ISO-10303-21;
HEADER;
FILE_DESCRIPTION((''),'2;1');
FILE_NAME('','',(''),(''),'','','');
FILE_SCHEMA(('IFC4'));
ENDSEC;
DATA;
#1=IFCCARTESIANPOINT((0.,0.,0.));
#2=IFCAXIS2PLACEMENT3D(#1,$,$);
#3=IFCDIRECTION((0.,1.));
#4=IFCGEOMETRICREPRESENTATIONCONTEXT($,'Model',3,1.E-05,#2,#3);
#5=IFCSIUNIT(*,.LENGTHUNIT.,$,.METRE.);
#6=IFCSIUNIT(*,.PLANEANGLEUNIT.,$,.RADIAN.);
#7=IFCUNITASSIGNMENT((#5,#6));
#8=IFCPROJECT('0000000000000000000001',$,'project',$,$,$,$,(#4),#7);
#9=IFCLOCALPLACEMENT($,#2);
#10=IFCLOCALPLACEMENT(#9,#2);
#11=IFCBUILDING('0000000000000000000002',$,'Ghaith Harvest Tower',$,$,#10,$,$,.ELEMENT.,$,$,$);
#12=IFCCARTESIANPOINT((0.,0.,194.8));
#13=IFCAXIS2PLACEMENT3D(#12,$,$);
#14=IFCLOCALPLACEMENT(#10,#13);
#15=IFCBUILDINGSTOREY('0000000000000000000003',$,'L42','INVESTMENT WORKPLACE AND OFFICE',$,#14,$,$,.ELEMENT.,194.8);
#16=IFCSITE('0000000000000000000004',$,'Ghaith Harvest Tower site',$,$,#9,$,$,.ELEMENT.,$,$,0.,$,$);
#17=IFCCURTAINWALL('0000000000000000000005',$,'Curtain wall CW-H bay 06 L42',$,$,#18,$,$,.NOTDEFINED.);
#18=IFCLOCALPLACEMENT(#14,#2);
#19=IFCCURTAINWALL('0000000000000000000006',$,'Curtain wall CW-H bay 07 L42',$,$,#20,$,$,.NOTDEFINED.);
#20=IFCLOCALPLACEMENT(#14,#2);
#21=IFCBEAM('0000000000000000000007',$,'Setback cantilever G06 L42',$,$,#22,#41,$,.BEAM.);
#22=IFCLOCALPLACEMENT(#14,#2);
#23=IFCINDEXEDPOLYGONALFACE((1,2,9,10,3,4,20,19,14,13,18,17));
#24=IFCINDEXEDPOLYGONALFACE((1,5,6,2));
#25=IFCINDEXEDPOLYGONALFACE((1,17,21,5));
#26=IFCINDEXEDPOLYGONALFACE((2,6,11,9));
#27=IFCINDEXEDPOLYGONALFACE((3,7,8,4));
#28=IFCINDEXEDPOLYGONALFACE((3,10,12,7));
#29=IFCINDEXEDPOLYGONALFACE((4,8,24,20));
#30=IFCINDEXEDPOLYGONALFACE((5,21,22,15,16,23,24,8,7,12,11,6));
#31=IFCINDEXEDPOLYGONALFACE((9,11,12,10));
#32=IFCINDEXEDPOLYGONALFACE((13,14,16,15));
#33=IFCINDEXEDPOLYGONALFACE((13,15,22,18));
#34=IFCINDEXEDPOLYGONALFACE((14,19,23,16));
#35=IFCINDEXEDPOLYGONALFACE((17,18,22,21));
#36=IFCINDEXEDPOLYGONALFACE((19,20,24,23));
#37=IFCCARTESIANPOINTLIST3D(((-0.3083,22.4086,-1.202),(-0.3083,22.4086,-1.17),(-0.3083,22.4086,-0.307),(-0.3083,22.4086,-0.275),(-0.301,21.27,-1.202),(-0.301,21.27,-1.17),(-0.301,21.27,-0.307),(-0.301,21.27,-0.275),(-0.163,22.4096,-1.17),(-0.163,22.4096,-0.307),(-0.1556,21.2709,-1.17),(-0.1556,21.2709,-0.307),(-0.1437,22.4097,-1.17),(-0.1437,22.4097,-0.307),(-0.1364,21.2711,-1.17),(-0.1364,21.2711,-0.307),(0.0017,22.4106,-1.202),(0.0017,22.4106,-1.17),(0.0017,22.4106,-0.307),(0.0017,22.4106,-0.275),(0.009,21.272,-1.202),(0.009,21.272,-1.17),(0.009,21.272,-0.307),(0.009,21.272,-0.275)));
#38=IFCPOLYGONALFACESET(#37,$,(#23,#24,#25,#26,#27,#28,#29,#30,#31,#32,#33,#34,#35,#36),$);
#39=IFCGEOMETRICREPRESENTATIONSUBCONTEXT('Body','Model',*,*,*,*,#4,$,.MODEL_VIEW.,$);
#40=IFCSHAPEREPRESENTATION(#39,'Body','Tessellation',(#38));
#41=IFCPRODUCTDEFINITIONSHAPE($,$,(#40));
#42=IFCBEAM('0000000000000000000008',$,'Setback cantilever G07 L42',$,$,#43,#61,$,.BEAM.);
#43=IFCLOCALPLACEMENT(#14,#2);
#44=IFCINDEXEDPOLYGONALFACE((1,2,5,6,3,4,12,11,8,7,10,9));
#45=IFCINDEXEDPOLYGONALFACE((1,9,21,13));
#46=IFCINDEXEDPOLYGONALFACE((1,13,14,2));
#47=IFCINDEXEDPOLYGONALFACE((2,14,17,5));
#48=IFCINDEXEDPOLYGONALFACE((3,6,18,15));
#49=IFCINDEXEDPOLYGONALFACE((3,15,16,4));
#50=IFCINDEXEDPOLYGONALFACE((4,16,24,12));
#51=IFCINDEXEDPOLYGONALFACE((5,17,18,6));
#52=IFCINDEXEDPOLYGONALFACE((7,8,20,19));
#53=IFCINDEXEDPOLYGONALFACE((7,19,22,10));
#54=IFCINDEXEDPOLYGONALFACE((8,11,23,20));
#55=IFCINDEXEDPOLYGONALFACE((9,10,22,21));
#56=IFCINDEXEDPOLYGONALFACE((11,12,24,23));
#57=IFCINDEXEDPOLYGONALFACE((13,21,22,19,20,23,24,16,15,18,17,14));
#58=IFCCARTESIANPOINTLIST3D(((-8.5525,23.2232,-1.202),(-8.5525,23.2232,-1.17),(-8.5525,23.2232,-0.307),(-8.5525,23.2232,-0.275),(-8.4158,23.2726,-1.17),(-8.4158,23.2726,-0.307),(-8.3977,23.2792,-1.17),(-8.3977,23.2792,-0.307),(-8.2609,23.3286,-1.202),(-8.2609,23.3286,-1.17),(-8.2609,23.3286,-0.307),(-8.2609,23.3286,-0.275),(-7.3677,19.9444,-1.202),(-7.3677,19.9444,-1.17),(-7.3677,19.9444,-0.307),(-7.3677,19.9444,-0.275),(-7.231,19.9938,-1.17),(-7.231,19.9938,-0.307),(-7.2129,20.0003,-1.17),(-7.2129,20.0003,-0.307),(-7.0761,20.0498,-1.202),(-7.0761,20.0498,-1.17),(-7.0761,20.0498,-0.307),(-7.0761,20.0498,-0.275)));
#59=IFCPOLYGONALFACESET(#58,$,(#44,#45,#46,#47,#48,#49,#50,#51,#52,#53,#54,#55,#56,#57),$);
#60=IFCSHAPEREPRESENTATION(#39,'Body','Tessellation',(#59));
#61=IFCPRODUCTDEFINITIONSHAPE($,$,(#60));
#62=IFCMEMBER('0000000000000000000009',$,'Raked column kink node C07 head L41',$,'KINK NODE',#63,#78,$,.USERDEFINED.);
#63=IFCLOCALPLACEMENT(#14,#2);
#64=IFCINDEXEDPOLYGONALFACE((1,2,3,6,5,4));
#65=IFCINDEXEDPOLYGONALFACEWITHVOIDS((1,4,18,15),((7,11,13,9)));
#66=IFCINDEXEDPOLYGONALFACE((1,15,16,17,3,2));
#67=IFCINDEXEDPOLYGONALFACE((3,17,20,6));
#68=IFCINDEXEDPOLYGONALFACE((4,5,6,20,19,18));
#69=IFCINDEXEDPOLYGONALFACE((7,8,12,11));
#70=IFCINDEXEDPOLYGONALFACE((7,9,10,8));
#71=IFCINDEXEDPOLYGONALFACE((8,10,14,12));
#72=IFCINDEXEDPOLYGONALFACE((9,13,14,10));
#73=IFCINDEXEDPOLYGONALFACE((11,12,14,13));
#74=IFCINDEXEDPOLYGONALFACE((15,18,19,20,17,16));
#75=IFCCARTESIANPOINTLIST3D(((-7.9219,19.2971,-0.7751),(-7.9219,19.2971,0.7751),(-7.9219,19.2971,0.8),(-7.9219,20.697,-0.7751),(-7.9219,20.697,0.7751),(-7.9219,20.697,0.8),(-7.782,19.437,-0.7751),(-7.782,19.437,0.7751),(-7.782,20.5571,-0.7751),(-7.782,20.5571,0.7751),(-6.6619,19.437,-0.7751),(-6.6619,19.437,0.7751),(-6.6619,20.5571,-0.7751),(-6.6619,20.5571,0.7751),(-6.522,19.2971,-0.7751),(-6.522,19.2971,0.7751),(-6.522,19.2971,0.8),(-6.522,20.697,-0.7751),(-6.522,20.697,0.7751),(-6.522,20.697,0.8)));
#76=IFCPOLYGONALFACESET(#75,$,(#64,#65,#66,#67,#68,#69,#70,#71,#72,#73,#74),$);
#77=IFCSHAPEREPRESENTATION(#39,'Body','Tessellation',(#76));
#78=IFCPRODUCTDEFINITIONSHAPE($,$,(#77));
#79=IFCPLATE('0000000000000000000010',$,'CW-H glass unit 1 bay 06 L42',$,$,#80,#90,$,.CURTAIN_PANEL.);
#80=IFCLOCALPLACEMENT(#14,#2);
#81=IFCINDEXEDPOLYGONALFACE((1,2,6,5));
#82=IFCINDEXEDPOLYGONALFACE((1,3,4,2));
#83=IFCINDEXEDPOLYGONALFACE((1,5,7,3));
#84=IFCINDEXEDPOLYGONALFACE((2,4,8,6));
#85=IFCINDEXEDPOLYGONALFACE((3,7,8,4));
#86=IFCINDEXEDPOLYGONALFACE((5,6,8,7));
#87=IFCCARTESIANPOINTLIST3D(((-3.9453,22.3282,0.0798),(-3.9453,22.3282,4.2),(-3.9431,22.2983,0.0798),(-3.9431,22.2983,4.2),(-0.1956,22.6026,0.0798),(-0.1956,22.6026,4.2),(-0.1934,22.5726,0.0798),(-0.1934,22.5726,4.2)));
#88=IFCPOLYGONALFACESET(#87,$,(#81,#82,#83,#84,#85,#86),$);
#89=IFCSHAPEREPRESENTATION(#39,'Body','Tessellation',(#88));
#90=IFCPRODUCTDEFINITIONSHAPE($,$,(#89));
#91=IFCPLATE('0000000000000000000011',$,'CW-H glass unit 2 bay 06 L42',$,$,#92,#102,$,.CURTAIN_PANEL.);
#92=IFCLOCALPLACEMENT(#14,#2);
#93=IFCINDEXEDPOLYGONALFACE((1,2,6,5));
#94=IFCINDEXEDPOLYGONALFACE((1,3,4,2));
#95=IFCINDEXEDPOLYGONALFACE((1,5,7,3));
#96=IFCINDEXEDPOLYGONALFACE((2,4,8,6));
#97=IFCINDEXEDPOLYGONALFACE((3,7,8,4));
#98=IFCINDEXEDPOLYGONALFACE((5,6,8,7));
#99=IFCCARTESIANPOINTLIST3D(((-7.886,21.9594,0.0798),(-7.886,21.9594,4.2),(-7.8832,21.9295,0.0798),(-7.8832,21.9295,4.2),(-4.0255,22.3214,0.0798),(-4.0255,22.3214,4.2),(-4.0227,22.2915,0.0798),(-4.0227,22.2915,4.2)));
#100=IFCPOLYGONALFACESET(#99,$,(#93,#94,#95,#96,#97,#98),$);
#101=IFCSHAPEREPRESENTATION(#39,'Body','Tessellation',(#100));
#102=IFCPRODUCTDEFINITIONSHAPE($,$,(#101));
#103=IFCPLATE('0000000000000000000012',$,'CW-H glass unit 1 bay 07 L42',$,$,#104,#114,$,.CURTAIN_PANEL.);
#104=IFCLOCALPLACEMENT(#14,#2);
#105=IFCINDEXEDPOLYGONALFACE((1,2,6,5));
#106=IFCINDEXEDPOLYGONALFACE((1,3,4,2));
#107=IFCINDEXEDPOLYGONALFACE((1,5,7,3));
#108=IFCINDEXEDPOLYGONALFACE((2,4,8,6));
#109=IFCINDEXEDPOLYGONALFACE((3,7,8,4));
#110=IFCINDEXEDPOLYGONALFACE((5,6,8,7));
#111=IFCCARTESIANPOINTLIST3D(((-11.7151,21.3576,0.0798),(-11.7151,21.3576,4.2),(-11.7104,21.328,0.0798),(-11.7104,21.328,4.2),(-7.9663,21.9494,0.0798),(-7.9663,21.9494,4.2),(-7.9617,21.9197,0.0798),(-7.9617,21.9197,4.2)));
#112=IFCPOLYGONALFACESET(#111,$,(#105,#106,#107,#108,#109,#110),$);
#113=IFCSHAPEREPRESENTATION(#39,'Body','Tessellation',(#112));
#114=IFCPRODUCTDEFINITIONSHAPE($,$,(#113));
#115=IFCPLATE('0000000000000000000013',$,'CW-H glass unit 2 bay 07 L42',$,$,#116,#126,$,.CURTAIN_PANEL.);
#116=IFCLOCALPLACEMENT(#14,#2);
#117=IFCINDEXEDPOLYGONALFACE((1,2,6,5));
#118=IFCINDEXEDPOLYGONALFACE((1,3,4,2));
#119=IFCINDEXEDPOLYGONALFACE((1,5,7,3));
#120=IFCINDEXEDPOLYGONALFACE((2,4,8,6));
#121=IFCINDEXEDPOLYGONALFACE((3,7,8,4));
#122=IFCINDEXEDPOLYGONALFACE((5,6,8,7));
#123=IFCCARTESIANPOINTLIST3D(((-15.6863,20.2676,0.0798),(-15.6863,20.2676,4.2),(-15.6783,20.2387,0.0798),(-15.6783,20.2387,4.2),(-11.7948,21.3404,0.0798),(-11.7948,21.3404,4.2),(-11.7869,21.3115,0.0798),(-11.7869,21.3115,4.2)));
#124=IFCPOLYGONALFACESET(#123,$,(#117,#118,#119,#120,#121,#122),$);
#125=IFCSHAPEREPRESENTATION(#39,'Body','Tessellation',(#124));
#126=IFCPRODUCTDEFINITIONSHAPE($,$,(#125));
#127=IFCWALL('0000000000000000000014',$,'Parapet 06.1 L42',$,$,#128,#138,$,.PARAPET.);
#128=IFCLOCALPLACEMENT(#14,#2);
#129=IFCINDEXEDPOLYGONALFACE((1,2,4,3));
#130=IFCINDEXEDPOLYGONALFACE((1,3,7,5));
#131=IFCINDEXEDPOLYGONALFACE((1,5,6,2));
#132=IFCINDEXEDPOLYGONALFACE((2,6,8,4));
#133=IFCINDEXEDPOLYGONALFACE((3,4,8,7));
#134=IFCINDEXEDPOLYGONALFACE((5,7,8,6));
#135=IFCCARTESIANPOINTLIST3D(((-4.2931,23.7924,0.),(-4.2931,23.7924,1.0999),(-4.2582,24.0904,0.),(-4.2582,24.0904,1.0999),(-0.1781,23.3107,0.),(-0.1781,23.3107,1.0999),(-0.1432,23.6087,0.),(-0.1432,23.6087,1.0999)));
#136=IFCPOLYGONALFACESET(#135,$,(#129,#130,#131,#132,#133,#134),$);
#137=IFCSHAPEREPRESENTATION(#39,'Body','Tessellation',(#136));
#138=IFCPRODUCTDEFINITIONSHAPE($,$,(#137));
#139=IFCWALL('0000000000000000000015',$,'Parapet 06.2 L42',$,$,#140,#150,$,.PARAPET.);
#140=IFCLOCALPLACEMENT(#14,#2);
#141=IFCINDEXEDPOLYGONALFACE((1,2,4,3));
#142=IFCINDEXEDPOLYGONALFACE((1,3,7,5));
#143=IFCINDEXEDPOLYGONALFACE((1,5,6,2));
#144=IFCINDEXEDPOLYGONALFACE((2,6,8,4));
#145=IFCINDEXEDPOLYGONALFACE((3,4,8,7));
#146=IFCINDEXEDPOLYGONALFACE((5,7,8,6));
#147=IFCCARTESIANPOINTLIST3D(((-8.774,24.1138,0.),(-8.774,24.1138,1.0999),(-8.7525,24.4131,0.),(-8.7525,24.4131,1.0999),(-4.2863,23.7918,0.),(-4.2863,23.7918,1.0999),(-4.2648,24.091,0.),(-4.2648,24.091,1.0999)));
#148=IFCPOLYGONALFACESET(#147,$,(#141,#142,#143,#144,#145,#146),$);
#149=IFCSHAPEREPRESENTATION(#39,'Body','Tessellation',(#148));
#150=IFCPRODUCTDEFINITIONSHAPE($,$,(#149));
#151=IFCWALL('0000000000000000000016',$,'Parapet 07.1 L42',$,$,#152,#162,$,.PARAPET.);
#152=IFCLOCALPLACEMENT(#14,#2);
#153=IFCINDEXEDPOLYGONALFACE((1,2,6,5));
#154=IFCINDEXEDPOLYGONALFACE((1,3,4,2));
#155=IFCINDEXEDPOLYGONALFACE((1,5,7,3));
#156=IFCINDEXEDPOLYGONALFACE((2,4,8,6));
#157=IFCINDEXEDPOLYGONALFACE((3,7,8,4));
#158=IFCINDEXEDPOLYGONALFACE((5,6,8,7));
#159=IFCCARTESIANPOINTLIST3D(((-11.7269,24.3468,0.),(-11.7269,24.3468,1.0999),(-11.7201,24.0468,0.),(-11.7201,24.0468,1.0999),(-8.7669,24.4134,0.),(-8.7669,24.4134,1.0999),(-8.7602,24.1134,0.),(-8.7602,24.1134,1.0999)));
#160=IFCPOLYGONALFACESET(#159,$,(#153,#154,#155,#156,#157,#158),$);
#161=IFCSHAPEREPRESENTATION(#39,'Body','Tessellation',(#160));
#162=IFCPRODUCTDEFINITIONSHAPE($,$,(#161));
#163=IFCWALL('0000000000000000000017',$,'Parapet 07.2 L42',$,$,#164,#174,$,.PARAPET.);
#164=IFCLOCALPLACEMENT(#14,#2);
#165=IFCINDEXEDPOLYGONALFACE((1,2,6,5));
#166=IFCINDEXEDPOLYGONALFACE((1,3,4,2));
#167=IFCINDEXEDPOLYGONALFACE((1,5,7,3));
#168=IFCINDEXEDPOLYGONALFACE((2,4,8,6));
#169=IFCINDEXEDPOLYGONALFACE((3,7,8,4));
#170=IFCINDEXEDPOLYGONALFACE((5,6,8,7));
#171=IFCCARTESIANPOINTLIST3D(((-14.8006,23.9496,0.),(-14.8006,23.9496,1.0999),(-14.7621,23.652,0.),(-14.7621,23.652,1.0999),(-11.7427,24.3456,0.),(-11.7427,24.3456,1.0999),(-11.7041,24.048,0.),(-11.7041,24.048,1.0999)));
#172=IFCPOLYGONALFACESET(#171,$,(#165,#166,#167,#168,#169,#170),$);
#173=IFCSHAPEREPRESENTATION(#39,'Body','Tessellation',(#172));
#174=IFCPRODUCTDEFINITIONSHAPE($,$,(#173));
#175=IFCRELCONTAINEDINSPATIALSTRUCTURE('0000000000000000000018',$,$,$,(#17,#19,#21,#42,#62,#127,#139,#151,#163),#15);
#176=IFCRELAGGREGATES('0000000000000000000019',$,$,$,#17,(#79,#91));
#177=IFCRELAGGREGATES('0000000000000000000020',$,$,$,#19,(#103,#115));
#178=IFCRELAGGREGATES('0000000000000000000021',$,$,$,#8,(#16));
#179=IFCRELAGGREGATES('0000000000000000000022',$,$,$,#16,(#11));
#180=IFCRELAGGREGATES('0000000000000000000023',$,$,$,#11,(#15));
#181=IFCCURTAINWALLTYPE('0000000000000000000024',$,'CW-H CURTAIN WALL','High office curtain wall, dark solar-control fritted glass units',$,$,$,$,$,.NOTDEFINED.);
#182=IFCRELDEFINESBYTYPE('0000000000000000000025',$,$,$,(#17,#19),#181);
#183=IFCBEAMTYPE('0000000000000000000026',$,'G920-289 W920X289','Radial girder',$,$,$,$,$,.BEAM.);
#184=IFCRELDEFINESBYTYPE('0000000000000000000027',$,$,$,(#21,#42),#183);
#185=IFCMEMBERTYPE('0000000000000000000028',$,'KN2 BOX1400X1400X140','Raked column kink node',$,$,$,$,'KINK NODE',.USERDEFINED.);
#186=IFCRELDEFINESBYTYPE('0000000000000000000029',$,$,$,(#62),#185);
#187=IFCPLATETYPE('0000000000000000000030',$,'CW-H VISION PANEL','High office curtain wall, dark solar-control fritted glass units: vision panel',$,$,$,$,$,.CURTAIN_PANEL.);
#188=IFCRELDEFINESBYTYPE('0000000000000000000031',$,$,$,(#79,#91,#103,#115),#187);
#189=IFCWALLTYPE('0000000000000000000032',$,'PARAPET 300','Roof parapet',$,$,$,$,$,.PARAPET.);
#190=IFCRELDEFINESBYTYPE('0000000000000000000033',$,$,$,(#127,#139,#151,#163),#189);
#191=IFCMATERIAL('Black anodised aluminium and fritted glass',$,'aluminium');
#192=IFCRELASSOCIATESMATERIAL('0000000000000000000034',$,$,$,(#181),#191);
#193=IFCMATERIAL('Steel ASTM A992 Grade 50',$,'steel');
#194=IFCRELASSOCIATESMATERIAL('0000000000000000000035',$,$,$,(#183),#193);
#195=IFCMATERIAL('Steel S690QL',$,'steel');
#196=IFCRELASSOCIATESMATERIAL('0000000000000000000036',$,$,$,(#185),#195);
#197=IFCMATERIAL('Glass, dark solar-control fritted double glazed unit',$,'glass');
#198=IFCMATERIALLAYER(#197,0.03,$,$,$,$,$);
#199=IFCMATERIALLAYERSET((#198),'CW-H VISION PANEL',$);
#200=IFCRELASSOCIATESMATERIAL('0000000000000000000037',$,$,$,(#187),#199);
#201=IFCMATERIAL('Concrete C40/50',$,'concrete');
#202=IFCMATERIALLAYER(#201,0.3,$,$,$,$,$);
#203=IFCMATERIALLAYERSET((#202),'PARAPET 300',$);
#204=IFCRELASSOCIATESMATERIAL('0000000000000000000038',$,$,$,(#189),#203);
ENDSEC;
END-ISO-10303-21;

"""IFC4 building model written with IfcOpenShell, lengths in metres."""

from ifc_helpers import new_model, si_unit, direction, frame, frame_2d, origin, origin_2d, place, context, subcontext, project, spatial, rectangle, hollow_rectangle, i_section, extrude, boolean, material, layer, layer_set, material_profile, profile_set, type_object, element, aggregate, save


model = new_model("IFC4")

# Units and contexts
model_context = context("Model", 3, precision=1e-05, world=origin(), true_north=direction((0.0, 1.0)))
body_context = subcontext(model_context, "Body", "Model", "MODEL_VIEW")
ifc_project = project(units=[si_unit("LENGTHUNIT", "METRE"), si_unit("PLANEANGLEUNIT", "RADIAN")], contexts=[model_context])

# Site, building, storey
site_placement = place(None, origin())
site = spatial("IfcSite", under=ifc_project, at=site_placement, Name="Ghaith Harvest Tower site", CompositionType="ELEMENT", RefElevation=0.0)
building_placement = place(site_placement, origin())
building = spatial("IfcBuilding", under=site, at=building_placement, Name="Ghaith Harvest Tower", CompositionType="ELEMENT")
storey_placement = place(building_placement, frame((0.0, 0.0, 194.8)))
storey = spatial("IfcBuildingStorey", under=building, at=storey_placement, Name="L42", Description="INVESTMENT WORKPLACE AND OFFICE", CompositionType="ELEMENT", Elevation=194.8)

# Curtain walls
ifc_material_1 = material(Name="Black anodised aluminium and fritted glass", Category="aluminium")
curtain_wall_type = type_object("IfcCurtainWallType", Name="CW-H CURTAIN WALL", Description="High office curtain wall, dark solar-control fritted glass units", PredefinedType="NOTDEFINED", material=ifc_material_1)
curtain_wall_1_placement = place(storey_placement, origin())
curtain_wall_1 = element("IfcCurtainWall", 1, at=curtain_wall_1_placement, inside=storey, type_object=curtain_wall_type, Name="Curtain wall CW-H bay 06 L42", PredefinedType="NOTDEFINED")
curtain_wall_2_placement = place(storey_placement, origin())
curtain_wall_2 = element("IfcCurtainWall", 2, at=curtain_wall_2_placement, inside=storey, type_object=curtain_wall_type, Name="Curtain wall CW-H bay 07 L42", PredefinedType="NOTDEFINED")

# Beams
ifc_material_2 = material(Name="Steel ASTM A992 Grade 50", Category="steel")
ifc_material_profile_1 = material_profile(ifc_material_2, i_section(OverallWidth=0.3101, OverallDepth=0.927, WebThickness=0.0193, FlangeThickness=0.032, at=origin_2d()), Name="W920X289")
ifc_profile_set_1 = profile_set([ifc_material_profile_1], Name="Steel ASTM A992 Grade 50")
beam_type_1 = type_object("IfcBeamType", Name="G920-289 W920X289", Description="Radial girder", PredefinedType="BEAM", material=ifc_profile_set_1)
beam_1_placement = place(storey_placement, frame((-0.146, 21.271, -0.7385), z_axis=(-0.006432, 0.999979, 0.0), x_axis=(-0.999979, -0.006432, 0.0)))
element("IfcBeam", 3, at=beam_1_placement, inside=storey, type_object=beam_type_1, Name="Setback cantilever G06 L42", PredefinedType="BEAM", context=body_context, shape_type="SweptSolid", body=[
    extrude(i_section(OverallWidth=0.3101, OverallDepth=0.927, WebThickness=0.0193, FlangeThickness=0.032, at=origin_2d()), origin(), (0.0, 0.0, 1.0), 1.1387),
])
beam_2_placement = place(storey_placement, frame((-7.2219, 19.9971, -0.7385), z_axis=(-0.339848, 0.940481, 0.0), x_axis=(-0.940481, -0.339848, 0.0)))
element("IfcBeam", 4, at=beam_2_placement, inside=storey, type_object=beam_type_1, Name="Setback cantilever G07 L42", PredefinedType="BEAM", context=body_context, shape_type="SweptSolid", body=[
    extrude(i_section(OverallWidth=0.3101, OverallDepth=0.927, WebThickness=0.0193, FlangeThickness=0.032, at=origin_2d()), origin(), (0.0, 0.0, 1.0), 3.4863),
])

# Member
ifc_material_3 = material(Name="Steel S690QL", Category="steel")
ifc_material_profile_2 = material_profile(ifc_material_3, hollow_rectangle(XDim=1.3999, YDim=1.3999, WallThickness=0.1399, at=origin_2d()), Name="BOX1400X1400X140")
ifc_profile_set_2 = profile_set([ifc_material_profile_2], Name="Steel S690QL")
member_type_1 = type_object("IfcMemberType", Name="KN2 BOX1400X1400X140", Description="Raked column kink node", ElementType="KINK NODE", PredefinedType="USERDEFINED", material=ifc_profile_set_2)
member_1_placement = place(storey_placement, frame((-7.2219, 19.9971, -0.7751), z_axis=(0.0, 0.0, 1.0), x_axis=(1.0, 0.0, 0.0)))
element("IfcMember", 5, at=member_1_placement, inside=storey, type_object=member_type_1, Name="Raked column kink node C07 head L41", ObjectType="KINK NODE", PredefinedType="USERDEFINED", context=body_context, shape_type="CSG", body=[
    boolean("UNION", extrude(hollow_rectangle(XDim=1.3999, YDim=1.3999, WallThickness=0.1399, at=origin_2d()), origin(), (0.0, 0.0, 1.0), 1.5503), extrude(rectangle(XDim=1.3999, YDim=1.3999, at=origin_2d()), frame((0.0, 0.0, 1.5503)), (0.0, 0.0, 1.0), 0.0249)),
])

# Plates
ifc_material_4 = material(Name="Glass, dark solar-control fritted double glazed unit", Category="glass")
ifc_layer_1 = layer(ifc_material_4, 0.03)
ifc_layer_set_1 = layer_set([ifc_layer_1], Name="CW-H VISION PANEL")
plate_type = type_object("IfcPlateType", Name="CW-H VISION PANEL", Description="High office curtain wall, dark solar-control fritted glass units: vision panel", PredefinedType="CURTAIN_PANEL", material=ifc_layer_set_1)
plate_1_placement = place(storey_placement, frame((-2.0693, 22.4504, 0.0798), z_axis=(0.0, 0.0, 1.0), x_axis=(-0.997334, -0.072966, 0.0)))
plate_1 = element("IfcPlate", 6, at=plate_1_placement, type_object=plate_type, Name="CW-H glass unit 1 bay 06 L42", PredefinedType="CURTAIN_PANEL", context=body_context, shape_type="SweptSolid", body=[
    extrude(rectangle(XDim=3.7598, YDim=0.03, at=origin_2d()), origin(), (0.0, 0.0, 1.0), 4.1201),
])
plate_2_placement = place(storey_placement, frame((-5.9543, 22.1255, 0.0798), z_axis=(0.0, 0.0, 1.0), x_axis=(-0.995632, -0.093365, 0.0)))
plate_2 = element("IfcPlate", 7, at=plate_2_placement, type_object=plate_type, Name="CW-H glass unit 2 bay 06 L42", PredefinedType="CURTAIN_PANEL", context=body_context, shape_type="SweptSolid", body=[
    extrude(rectangle(XDim=3.8774, YDim=0.03, at=origin_2d()), origin(), (0.0, 0.0, 1.0), 4.1201),
])
aggregate(curtain_wall_1, [plate_1, plate_2])
plate_3_placement = place(storey_placement, frame((-9.8384, 21.6387, 0.0798), z_axis=(0.0, 0.0, 1.0), x_axis=(-0.98777, -0.155916, 0.0)))
plate_3 = element("IfcPlate", 8, at=plate_3_placement, type_object=plate_type, Name="CW-H glass unit 1 bay 07 L42", PredefinedType="CURTAIN_PANEL", context=body_context, shape_type="SweptSolid", body=[
    extrude(rectangle(XDim=3.7952, YDim=0.03, at=origin_2d()), origin(), (0.0, 0.0, 1.0), 4.1201),
])
plate_4_placement = place(storey_placement, frame((-13.7366, 20.7896, 0.0798), z_axis=(0.0, 0.0, 1.0), x_axis=(-0.964034, -0.265779, 0.0)))
plate_4 = element("IfcPlate", 9, at=plate_4_placement, type_object=plate_type, Name="CW-H glass unit 2 bay 07 L42", PredefinedType="CURTAIN_PANEL", context=body_context, shape_type="SweptSolid", body=[
    extrude(rectangle(XDim=4.0366, YDim=0.03, at=origin_2d()), origin(), (0.0, 0.0, 1.0), 4.1201),
])
aggregate(curtain_wall_2, [plate_3, plate_4])

# Walls
ifc_material_5 = material(Name="Concrete C40/50", Category="concrete")
ifc_layer_2 = layer(ifc_material_5, 0.3)
ifc_layer_set_2 = layer_set([ifc_layer_2], Name="PARAPET 300")
wall_type_1 = type_object("IfcWallType", Name="PARAPET 300", Description="Roof parapet", PredefinedType="PARAPET", material=ifc_layer_set_2)
wall_1_placement = place(storey_placement, frame((-0.1606, 23.4597, 0.0), z_axis=(0.0, 0.0, 1.0), x_axis=(-0.993218, 0.116263, 0.0)))
element("IfcWall", 10, at=wall_1_placement, inside=storey, type_object=wall_type_1, Name="Parapet 06.1 L42", PredefinedType="PARAPET", context=body_context, shape_type="SweptSolid", body=[
    extrude(rectangle(XDim=4.1431, YDim=0.3, at=frame_2d((2.0715, 0.0))), origin(), (0.0, 0.0, 1.0), 1.0999),
])
wall_2_placement = place(storey_placement, frame((-4.2756, 23.9414, 0.0), z_axis=(0.0, 0.0, 1.0), x_axis=(-0.997436, 0.071571, 0.0)))
element("IfcWall", 11, at=wall_2_placement, inside=storey, type_object=wall_type_1, Name="Parapet 06.2 L42", PredefinedType="PARAPET", context=body_context, shape_type="SweptSolid", body=[
    extrude(rectangle(XDim=4.4993, YDim=0.3, at=frame_2d((2.2495, 0.0))), origin(), (0.0, 0.0, 1.0), 1.0999),
])
wall_3_placement = place(storey_placement, frame((-8.7634, 24.2634, 0.0), z_axis=(0.0, 0.0, 1.0), x_axis=(-0.999747, -0.022512, 0.0)))
element("IfcWall", 12, at=wall_3_placement, inside=storey, type_object=wall_type_1, Name="Parapet 07.1 L42", PredefinedType="PARAPET", context=body_context, shape_type="SweptSolid", body=[
    extrude(rectangle(XDim=2.9607, YDim=0.3, at=frame_2d((1.4805, 0.0))), origin(), (0.0, 0.0, 1.0), 1.0999),
])
wall_4_placement = place(storey_placement, frame((-11.7234, 24.1968, 0.0), z_axis=(0.0, 0.0, 1.0), x_axis=(-0.991719, -0.128429, 0.0)))
element("IfcWall", 13, at=wall_4_placement, inside=storey, type_object=wall_type_1, Name="Parapet 07.2 L42", PredefinedType="PARAPET", context=body_context, shape_type="SweptSolid", body=[
    extrude(rectangle(XDim=3.0835, YDim=0.3, at=frame_2d((1.5417, 0.0))), origin(), (0.0, 0.0, 1.0), 1.0999),
])

save(model, "model.ifc")
